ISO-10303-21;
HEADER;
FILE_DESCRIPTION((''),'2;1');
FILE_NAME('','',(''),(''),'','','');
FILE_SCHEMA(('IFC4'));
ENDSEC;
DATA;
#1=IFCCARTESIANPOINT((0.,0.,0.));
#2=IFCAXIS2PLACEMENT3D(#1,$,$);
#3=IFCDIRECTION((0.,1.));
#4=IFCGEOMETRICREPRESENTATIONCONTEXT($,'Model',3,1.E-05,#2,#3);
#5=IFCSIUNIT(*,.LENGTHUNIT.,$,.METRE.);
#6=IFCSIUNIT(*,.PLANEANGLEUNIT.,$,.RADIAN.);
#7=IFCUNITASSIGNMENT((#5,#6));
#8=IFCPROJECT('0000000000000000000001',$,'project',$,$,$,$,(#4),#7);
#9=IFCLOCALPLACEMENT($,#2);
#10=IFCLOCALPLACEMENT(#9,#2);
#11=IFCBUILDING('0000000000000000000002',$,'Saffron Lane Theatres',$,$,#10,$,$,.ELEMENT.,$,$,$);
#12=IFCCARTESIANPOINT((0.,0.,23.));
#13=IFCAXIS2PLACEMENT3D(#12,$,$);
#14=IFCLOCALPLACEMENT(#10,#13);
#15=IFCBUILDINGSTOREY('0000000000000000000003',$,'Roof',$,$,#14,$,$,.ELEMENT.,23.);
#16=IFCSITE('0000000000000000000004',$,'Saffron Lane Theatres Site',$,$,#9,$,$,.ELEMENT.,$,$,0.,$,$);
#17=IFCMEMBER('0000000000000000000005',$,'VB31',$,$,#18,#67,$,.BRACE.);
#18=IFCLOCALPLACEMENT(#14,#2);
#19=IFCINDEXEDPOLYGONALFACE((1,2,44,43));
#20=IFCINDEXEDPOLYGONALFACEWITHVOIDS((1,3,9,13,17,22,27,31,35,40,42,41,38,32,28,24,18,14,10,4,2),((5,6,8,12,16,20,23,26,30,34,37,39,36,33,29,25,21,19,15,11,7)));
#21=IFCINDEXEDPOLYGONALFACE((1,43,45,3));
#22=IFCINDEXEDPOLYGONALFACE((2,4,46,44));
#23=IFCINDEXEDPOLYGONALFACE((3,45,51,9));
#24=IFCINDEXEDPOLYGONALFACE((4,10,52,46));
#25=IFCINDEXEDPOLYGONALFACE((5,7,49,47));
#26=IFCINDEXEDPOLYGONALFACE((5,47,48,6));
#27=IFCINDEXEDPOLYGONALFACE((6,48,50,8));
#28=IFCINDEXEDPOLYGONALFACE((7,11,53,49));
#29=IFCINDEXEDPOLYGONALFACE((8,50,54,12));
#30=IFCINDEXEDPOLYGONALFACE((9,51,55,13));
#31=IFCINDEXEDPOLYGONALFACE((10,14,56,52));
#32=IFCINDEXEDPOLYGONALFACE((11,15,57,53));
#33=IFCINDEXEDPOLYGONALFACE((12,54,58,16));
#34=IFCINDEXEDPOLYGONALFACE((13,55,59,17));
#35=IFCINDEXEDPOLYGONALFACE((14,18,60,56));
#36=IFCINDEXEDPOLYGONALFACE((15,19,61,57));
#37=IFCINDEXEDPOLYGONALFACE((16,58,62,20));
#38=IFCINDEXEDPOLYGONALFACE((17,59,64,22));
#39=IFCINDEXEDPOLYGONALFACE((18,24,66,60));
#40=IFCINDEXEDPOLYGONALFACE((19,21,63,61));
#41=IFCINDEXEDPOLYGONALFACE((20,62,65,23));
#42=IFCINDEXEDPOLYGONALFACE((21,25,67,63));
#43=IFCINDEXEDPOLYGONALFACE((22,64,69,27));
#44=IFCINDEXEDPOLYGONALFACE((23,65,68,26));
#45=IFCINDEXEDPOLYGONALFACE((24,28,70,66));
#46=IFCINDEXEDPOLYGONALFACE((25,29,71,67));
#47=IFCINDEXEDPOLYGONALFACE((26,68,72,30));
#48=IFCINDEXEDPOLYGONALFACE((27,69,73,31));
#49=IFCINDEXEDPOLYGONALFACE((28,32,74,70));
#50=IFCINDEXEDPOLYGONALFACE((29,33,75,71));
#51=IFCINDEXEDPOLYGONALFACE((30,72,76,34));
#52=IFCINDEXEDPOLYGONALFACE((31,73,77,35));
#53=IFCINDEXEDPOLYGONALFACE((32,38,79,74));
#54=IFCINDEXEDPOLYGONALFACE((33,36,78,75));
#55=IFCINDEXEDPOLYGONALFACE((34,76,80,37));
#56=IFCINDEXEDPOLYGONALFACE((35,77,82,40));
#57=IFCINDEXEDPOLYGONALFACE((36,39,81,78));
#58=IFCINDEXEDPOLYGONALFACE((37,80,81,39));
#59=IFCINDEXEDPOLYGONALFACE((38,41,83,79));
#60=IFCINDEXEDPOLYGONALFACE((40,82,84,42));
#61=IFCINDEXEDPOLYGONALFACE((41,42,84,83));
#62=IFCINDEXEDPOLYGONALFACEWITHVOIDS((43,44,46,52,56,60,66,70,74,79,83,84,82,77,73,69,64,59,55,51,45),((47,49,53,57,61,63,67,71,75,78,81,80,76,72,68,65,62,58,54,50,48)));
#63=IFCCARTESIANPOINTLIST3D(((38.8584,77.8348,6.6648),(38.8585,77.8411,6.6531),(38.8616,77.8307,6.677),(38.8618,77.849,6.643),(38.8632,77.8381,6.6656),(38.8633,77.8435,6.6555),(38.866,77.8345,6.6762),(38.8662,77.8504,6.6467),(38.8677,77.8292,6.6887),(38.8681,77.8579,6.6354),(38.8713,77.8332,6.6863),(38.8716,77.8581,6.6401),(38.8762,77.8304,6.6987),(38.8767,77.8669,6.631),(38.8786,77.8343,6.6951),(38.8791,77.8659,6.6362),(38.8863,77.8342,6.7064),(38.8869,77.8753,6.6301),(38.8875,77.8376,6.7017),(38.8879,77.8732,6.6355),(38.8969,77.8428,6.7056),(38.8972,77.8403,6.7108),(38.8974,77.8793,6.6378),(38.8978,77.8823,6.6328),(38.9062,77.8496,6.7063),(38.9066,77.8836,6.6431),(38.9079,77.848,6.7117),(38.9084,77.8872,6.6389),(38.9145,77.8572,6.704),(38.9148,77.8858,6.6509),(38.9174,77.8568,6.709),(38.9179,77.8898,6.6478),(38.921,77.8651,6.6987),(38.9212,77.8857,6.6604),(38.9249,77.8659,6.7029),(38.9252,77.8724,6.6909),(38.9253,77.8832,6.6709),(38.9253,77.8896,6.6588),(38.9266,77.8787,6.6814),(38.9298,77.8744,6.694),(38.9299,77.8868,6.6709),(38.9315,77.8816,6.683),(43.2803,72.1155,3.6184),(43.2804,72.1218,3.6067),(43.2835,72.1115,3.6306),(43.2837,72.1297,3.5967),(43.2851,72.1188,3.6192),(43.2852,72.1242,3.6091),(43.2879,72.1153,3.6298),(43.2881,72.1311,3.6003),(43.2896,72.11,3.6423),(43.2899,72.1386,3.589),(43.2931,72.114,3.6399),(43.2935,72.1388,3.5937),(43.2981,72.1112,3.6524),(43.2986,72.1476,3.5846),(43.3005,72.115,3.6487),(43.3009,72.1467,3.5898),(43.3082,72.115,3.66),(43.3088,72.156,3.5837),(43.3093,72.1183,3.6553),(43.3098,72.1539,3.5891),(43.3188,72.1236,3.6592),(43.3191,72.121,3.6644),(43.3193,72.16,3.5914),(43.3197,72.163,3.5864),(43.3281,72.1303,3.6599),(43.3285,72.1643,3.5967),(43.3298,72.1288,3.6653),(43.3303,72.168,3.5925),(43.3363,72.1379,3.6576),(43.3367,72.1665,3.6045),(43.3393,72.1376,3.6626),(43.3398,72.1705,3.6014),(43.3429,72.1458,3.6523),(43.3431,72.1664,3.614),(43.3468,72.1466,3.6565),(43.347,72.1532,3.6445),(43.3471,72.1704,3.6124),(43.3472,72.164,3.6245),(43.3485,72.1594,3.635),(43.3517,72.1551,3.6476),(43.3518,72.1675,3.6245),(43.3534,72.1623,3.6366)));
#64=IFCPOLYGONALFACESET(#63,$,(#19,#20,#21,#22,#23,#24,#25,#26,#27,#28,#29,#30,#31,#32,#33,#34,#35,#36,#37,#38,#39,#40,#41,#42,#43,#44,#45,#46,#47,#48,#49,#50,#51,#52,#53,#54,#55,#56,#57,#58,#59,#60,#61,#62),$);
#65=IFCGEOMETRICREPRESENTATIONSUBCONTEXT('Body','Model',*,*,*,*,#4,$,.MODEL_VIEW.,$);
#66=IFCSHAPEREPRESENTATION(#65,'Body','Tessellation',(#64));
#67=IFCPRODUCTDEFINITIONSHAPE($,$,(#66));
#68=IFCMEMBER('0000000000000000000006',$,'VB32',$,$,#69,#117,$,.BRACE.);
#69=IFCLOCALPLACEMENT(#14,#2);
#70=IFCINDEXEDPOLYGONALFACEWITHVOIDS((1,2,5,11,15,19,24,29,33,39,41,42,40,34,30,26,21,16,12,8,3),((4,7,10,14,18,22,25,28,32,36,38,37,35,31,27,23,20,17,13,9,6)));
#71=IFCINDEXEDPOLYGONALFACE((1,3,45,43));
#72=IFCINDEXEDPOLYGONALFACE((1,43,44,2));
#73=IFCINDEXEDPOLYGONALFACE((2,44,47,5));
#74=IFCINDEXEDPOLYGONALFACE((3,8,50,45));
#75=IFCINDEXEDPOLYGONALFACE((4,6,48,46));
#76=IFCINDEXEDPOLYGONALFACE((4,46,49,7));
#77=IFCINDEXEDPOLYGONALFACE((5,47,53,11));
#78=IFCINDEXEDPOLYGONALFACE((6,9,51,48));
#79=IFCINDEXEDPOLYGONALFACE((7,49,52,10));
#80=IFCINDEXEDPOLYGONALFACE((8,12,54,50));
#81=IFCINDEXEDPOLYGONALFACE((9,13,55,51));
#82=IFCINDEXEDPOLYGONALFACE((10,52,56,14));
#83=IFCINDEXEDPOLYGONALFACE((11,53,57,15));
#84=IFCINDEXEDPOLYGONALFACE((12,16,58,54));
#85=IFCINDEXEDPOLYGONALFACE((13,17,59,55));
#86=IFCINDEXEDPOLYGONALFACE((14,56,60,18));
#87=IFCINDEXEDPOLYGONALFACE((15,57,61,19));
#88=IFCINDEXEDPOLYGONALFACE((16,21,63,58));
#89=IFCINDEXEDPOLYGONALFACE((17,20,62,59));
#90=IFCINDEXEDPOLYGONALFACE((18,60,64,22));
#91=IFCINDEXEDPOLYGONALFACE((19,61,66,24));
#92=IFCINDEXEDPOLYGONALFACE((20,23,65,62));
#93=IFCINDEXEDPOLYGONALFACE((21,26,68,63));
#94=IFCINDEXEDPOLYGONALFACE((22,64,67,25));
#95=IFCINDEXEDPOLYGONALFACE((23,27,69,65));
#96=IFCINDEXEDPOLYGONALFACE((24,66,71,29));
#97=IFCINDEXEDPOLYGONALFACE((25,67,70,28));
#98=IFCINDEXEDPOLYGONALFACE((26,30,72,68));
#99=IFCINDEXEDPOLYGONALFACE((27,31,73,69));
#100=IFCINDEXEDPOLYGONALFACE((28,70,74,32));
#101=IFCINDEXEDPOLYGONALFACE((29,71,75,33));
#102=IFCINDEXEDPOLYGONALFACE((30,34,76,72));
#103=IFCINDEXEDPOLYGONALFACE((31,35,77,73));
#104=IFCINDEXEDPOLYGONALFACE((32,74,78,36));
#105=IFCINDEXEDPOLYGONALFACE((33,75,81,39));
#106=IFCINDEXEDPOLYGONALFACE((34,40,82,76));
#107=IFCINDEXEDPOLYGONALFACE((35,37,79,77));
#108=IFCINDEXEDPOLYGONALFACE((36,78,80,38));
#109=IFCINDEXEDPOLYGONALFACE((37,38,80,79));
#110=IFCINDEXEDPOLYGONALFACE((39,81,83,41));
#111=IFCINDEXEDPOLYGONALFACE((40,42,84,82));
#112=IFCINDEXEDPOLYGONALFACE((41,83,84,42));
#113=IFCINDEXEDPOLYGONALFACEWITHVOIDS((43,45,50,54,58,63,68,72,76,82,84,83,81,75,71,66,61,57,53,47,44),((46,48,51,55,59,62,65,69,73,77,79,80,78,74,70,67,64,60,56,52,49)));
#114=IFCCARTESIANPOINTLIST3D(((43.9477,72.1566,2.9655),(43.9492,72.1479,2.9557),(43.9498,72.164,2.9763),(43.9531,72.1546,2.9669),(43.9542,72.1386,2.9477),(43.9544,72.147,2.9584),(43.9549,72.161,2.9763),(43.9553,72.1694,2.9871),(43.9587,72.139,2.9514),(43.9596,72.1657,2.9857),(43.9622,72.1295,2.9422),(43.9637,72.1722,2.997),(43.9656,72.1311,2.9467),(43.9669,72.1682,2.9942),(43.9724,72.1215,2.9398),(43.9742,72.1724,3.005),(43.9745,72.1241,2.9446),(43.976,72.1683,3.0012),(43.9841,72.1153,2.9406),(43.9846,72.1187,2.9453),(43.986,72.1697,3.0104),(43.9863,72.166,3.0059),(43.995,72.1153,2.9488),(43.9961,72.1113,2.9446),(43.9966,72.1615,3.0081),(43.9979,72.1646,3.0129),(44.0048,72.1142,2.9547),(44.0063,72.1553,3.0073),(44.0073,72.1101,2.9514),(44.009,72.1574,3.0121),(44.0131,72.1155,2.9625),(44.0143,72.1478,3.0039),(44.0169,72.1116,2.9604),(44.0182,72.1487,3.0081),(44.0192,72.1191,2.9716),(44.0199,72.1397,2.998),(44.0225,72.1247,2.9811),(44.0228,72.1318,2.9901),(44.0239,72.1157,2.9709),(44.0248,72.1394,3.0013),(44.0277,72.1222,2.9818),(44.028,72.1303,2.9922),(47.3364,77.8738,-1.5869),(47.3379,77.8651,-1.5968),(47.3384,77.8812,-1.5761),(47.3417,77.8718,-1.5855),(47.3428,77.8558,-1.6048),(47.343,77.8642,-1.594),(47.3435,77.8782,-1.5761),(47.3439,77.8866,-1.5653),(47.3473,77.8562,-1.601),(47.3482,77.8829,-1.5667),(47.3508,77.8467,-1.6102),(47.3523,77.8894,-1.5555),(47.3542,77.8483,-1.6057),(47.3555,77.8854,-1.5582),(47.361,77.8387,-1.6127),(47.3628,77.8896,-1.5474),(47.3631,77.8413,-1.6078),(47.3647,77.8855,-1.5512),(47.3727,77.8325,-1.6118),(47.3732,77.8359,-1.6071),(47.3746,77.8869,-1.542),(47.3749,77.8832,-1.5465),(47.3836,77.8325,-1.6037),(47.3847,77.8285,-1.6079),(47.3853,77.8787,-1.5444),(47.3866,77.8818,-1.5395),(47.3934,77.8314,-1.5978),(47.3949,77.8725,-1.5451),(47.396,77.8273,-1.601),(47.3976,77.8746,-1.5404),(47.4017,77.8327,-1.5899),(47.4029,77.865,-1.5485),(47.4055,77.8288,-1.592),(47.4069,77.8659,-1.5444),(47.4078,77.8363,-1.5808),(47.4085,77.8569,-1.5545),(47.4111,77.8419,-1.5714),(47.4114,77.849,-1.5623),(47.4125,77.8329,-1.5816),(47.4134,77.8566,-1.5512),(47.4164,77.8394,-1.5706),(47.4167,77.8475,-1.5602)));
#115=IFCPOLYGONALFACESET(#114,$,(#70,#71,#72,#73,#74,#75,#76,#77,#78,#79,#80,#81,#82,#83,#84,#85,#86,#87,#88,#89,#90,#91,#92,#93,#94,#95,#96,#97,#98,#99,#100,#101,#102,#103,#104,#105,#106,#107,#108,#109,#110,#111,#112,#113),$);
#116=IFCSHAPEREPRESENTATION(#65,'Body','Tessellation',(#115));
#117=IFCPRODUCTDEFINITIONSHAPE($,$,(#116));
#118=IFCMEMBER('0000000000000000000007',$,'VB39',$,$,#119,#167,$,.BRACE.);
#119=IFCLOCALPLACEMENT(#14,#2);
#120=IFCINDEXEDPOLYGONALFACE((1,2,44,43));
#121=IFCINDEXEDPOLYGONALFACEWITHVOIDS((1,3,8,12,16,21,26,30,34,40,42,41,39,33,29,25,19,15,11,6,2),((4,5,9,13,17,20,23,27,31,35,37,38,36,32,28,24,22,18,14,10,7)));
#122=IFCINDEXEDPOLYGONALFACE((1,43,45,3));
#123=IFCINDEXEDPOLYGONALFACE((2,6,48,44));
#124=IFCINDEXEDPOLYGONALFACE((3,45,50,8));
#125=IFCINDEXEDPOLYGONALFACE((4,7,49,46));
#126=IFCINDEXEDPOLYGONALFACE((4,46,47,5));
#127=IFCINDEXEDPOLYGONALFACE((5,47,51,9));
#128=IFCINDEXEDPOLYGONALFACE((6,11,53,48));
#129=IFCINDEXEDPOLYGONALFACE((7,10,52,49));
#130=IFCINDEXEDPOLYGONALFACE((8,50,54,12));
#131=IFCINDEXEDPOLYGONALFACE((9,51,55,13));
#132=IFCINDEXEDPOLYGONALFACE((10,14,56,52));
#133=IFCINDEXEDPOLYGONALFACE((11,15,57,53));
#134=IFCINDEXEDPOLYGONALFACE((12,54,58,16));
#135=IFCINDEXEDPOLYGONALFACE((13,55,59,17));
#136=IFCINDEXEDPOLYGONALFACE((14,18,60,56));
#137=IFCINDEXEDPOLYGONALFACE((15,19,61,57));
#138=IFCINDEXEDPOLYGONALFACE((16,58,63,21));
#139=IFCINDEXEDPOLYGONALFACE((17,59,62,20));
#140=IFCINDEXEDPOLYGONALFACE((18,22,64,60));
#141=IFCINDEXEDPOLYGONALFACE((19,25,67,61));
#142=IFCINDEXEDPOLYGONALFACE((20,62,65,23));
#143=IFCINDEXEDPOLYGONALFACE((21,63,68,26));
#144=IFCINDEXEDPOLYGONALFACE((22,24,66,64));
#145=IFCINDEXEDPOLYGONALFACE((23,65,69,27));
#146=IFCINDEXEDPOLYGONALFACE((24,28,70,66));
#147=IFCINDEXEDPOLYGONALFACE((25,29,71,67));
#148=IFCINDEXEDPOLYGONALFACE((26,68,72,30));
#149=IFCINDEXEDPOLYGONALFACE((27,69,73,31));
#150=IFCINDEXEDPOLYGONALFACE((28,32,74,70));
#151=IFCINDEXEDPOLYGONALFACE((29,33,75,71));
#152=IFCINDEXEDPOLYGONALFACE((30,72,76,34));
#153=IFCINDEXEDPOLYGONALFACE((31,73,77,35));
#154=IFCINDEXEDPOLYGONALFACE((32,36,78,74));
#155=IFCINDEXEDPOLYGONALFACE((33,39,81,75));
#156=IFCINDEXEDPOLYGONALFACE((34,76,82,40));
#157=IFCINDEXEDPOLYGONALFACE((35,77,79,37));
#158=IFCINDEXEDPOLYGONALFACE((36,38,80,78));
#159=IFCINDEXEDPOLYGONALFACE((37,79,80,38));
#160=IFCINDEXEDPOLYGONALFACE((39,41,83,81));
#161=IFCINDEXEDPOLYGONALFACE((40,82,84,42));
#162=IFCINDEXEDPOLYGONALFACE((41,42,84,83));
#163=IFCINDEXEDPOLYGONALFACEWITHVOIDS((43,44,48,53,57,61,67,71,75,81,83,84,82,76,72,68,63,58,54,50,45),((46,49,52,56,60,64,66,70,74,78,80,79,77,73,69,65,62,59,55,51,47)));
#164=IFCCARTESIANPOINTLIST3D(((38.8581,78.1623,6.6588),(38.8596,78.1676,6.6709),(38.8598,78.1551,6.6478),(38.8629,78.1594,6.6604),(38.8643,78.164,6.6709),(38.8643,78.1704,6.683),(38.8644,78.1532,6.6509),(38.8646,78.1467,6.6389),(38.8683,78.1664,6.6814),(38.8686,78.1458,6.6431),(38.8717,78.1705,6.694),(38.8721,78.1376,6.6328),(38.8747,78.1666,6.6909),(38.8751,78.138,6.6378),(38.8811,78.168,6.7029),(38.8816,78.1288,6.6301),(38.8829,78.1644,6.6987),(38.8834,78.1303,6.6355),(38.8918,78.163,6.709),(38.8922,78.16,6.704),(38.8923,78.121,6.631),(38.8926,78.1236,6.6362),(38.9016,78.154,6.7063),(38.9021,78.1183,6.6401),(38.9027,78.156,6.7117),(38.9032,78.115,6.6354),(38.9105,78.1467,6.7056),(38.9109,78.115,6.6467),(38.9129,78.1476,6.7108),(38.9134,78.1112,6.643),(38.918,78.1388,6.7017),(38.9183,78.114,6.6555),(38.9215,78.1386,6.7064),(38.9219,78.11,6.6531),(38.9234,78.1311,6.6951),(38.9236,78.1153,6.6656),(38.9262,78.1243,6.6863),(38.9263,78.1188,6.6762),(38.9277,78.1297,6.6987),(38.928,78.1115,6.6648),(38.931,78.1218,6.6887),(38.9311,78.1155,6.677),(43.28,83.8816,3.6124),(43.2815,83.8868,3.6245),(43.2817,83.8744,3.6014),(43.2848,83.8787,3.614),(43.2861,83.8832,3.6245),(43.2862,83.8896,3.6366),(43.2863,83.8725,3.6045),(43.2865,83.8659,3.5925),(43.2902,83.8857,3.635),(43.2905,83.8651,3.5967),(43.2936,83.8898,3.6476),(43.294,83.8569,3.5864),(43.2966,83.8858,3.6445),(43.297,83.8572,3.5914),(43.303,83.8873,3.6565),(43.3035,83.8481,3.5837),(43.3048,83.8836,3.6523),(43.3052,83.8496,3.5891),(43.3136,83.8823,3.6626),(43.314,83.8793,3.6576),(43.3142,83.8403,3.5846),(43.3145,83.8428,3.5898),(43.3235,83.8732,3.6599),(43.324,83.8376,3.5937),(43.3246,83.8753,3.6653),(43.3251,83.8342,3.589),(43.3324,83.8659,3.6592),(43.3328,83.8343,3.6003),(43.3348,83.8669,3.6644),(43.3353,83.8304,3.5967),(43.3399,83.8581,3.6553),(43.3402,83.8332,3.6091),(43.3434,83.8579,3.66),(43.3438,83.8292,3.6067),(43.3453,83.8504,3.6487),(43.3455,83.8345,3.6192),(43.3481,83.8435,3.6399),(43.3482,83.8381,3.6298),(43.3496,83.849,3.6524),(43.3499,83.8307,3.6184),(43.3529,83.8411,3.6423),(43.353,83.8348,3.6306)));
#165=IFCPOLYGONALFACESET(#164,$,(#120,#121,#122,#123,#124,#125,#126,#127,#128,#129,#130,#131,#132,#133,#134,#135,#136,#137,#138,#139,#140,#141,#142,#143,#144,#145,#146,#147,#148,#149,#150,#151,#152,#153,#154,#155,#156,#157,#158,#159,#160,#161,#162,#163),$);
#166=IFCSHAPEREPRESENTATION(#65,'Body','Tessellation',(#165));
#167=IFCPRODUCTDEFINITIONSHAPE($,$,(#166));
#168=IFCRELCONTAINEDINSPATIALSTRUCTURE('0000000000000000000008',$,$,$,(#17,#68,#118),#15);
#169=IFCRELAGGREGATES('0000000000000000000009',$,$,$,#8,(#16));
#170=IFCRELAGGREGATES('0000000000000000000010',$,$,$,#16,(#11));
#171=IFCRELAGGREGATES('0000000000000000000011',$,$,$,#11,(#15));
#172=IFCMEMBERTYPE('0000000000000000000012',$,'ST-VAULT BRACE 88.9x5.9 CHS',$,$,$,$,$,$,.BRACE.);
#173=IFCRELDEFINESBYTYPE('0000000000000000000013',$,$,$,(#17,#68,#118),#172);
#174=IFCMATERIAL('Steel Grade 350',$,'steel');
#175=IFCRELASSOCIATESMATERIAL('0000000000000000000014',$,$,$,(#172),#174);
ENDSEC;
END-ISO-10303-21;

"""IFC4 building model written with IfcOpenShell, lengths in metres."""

from ifc_helpers import new_model, si_unit, direction, frame, origin, origin_2d, place, context, subcontext, project, spatial, hollow_circle, extrude, material, material_profile, profile_set, type_object, element, save


model = new_model("IFC4")

# Units and contexts
model_context = context("Model", 3, precision=1e-05, world=origin(), true_north=direction((0.0, 1.0)))
body_context = subcontext(model_context, "Body", "Model", "MODEL_VIEW")
ifc_project = project(units=[si_unit("LENGTHUNIT", "METRE"), si_unit("PLANEANGLEUNIT", "RADIAN")], contexts=[model_context])

# Site, building, storey
site_placement = place(None, origin())
site = spatial("IfcSite", under=ifc_project, at=site_placement, Name="Saffron Lane Theatres Site", CompositionType="ELEMENT", RefElevation=0.0)
building_placement = place(site_placement, origin())
building = spatial("IfcBuilding", under=site, at=building_placement, Name="Saffron Lane Theatres", CompositionType="ELEMENT")
storey_placement = place(building_placement, frame((0.0, 0.0, 23.0)))
storey = spatial("IfcBuildingStorey", under=building, at=storey_placement, Name="Roof", CompositionType="ELEMENT", Elevation=23.0)

# Members
ifc_material_1 = material(Name="Steel Grade 350", Category="steel")
ifc_material_profile_1 = material_profile(ifc_material_1, hollow_circle(Radius=0.0444, WallThickness=0.0059, at=origin_2d()))
ifc_profile_set_1 = profile_set([ifc_material_profile_1], Name="Steel Grade 350")
member_type_1 = type_object("IfcMemberType", Name="ST-VAULT BRACE 88.9x5.9 CHS", PredefinedType="BRACE", material=ifc_profile_set_1)
member_1_placement = place(storey_placement, frame((38.8948, 77.8596, 6.6709), z_axis=(0.563659, -0.729035, -0.388325), x_axis=(0.79112, 0.611661, 0.0)))
element("IfcMember", 1, at=member_1_placement, inside=storey, type_object=member_type_1, Name="VB31", PredefinedType="BRACE", context=body_context, shape_type="SweptSolid", body=[
    extrude(hollow_circle(Radius=0.0444, WallThickness=0.0059, at=origin_2d()), origin(), (0.0, 0.0, 1.0), 7.845),
])
member_2_placement = place(storey_placement, frame((43.988, 72.1414, 2.9763), z_axis=(0.420651, 0.709712, -0.565121), x_axis=(-0.860249, 0.509875, 0.0)))
element("IfcMember", 2, at=member_2_placement, inside=storey, type_object=member_type_1, Name="VB32", PredefinedType="BRACE", context=body_context, shape_type="SweptSolid", body=[
    extrude(hollow_circle(Radius=0.0444, WallThickness=0.0059, at=origin_2d()), origin(), (0.0, 0.0, 1.0), 8.0557),
])
member_3_placement = place(storey_placement, frame((38.8948, 78.1404, 6.6709), z_axis=(0.563659, 0.729035, -0.388325), x_axis=(-0.79112, 0.611661, 0.0)))
element("IfcMember", 3, at=member_3_placement, inside=storey, type_object=member_type_1, Name="VB39", PredefinedType="BRACE", context=body_context, shape_type="SweptSolid", body=[
    extrude(hollow_circle(Radius=0.0444, WallThickness=0.0059, at=origin_2d()), origin(), (0.0, 0.0, 1.0), 7.845),
])

save(model, "model.ifc")
